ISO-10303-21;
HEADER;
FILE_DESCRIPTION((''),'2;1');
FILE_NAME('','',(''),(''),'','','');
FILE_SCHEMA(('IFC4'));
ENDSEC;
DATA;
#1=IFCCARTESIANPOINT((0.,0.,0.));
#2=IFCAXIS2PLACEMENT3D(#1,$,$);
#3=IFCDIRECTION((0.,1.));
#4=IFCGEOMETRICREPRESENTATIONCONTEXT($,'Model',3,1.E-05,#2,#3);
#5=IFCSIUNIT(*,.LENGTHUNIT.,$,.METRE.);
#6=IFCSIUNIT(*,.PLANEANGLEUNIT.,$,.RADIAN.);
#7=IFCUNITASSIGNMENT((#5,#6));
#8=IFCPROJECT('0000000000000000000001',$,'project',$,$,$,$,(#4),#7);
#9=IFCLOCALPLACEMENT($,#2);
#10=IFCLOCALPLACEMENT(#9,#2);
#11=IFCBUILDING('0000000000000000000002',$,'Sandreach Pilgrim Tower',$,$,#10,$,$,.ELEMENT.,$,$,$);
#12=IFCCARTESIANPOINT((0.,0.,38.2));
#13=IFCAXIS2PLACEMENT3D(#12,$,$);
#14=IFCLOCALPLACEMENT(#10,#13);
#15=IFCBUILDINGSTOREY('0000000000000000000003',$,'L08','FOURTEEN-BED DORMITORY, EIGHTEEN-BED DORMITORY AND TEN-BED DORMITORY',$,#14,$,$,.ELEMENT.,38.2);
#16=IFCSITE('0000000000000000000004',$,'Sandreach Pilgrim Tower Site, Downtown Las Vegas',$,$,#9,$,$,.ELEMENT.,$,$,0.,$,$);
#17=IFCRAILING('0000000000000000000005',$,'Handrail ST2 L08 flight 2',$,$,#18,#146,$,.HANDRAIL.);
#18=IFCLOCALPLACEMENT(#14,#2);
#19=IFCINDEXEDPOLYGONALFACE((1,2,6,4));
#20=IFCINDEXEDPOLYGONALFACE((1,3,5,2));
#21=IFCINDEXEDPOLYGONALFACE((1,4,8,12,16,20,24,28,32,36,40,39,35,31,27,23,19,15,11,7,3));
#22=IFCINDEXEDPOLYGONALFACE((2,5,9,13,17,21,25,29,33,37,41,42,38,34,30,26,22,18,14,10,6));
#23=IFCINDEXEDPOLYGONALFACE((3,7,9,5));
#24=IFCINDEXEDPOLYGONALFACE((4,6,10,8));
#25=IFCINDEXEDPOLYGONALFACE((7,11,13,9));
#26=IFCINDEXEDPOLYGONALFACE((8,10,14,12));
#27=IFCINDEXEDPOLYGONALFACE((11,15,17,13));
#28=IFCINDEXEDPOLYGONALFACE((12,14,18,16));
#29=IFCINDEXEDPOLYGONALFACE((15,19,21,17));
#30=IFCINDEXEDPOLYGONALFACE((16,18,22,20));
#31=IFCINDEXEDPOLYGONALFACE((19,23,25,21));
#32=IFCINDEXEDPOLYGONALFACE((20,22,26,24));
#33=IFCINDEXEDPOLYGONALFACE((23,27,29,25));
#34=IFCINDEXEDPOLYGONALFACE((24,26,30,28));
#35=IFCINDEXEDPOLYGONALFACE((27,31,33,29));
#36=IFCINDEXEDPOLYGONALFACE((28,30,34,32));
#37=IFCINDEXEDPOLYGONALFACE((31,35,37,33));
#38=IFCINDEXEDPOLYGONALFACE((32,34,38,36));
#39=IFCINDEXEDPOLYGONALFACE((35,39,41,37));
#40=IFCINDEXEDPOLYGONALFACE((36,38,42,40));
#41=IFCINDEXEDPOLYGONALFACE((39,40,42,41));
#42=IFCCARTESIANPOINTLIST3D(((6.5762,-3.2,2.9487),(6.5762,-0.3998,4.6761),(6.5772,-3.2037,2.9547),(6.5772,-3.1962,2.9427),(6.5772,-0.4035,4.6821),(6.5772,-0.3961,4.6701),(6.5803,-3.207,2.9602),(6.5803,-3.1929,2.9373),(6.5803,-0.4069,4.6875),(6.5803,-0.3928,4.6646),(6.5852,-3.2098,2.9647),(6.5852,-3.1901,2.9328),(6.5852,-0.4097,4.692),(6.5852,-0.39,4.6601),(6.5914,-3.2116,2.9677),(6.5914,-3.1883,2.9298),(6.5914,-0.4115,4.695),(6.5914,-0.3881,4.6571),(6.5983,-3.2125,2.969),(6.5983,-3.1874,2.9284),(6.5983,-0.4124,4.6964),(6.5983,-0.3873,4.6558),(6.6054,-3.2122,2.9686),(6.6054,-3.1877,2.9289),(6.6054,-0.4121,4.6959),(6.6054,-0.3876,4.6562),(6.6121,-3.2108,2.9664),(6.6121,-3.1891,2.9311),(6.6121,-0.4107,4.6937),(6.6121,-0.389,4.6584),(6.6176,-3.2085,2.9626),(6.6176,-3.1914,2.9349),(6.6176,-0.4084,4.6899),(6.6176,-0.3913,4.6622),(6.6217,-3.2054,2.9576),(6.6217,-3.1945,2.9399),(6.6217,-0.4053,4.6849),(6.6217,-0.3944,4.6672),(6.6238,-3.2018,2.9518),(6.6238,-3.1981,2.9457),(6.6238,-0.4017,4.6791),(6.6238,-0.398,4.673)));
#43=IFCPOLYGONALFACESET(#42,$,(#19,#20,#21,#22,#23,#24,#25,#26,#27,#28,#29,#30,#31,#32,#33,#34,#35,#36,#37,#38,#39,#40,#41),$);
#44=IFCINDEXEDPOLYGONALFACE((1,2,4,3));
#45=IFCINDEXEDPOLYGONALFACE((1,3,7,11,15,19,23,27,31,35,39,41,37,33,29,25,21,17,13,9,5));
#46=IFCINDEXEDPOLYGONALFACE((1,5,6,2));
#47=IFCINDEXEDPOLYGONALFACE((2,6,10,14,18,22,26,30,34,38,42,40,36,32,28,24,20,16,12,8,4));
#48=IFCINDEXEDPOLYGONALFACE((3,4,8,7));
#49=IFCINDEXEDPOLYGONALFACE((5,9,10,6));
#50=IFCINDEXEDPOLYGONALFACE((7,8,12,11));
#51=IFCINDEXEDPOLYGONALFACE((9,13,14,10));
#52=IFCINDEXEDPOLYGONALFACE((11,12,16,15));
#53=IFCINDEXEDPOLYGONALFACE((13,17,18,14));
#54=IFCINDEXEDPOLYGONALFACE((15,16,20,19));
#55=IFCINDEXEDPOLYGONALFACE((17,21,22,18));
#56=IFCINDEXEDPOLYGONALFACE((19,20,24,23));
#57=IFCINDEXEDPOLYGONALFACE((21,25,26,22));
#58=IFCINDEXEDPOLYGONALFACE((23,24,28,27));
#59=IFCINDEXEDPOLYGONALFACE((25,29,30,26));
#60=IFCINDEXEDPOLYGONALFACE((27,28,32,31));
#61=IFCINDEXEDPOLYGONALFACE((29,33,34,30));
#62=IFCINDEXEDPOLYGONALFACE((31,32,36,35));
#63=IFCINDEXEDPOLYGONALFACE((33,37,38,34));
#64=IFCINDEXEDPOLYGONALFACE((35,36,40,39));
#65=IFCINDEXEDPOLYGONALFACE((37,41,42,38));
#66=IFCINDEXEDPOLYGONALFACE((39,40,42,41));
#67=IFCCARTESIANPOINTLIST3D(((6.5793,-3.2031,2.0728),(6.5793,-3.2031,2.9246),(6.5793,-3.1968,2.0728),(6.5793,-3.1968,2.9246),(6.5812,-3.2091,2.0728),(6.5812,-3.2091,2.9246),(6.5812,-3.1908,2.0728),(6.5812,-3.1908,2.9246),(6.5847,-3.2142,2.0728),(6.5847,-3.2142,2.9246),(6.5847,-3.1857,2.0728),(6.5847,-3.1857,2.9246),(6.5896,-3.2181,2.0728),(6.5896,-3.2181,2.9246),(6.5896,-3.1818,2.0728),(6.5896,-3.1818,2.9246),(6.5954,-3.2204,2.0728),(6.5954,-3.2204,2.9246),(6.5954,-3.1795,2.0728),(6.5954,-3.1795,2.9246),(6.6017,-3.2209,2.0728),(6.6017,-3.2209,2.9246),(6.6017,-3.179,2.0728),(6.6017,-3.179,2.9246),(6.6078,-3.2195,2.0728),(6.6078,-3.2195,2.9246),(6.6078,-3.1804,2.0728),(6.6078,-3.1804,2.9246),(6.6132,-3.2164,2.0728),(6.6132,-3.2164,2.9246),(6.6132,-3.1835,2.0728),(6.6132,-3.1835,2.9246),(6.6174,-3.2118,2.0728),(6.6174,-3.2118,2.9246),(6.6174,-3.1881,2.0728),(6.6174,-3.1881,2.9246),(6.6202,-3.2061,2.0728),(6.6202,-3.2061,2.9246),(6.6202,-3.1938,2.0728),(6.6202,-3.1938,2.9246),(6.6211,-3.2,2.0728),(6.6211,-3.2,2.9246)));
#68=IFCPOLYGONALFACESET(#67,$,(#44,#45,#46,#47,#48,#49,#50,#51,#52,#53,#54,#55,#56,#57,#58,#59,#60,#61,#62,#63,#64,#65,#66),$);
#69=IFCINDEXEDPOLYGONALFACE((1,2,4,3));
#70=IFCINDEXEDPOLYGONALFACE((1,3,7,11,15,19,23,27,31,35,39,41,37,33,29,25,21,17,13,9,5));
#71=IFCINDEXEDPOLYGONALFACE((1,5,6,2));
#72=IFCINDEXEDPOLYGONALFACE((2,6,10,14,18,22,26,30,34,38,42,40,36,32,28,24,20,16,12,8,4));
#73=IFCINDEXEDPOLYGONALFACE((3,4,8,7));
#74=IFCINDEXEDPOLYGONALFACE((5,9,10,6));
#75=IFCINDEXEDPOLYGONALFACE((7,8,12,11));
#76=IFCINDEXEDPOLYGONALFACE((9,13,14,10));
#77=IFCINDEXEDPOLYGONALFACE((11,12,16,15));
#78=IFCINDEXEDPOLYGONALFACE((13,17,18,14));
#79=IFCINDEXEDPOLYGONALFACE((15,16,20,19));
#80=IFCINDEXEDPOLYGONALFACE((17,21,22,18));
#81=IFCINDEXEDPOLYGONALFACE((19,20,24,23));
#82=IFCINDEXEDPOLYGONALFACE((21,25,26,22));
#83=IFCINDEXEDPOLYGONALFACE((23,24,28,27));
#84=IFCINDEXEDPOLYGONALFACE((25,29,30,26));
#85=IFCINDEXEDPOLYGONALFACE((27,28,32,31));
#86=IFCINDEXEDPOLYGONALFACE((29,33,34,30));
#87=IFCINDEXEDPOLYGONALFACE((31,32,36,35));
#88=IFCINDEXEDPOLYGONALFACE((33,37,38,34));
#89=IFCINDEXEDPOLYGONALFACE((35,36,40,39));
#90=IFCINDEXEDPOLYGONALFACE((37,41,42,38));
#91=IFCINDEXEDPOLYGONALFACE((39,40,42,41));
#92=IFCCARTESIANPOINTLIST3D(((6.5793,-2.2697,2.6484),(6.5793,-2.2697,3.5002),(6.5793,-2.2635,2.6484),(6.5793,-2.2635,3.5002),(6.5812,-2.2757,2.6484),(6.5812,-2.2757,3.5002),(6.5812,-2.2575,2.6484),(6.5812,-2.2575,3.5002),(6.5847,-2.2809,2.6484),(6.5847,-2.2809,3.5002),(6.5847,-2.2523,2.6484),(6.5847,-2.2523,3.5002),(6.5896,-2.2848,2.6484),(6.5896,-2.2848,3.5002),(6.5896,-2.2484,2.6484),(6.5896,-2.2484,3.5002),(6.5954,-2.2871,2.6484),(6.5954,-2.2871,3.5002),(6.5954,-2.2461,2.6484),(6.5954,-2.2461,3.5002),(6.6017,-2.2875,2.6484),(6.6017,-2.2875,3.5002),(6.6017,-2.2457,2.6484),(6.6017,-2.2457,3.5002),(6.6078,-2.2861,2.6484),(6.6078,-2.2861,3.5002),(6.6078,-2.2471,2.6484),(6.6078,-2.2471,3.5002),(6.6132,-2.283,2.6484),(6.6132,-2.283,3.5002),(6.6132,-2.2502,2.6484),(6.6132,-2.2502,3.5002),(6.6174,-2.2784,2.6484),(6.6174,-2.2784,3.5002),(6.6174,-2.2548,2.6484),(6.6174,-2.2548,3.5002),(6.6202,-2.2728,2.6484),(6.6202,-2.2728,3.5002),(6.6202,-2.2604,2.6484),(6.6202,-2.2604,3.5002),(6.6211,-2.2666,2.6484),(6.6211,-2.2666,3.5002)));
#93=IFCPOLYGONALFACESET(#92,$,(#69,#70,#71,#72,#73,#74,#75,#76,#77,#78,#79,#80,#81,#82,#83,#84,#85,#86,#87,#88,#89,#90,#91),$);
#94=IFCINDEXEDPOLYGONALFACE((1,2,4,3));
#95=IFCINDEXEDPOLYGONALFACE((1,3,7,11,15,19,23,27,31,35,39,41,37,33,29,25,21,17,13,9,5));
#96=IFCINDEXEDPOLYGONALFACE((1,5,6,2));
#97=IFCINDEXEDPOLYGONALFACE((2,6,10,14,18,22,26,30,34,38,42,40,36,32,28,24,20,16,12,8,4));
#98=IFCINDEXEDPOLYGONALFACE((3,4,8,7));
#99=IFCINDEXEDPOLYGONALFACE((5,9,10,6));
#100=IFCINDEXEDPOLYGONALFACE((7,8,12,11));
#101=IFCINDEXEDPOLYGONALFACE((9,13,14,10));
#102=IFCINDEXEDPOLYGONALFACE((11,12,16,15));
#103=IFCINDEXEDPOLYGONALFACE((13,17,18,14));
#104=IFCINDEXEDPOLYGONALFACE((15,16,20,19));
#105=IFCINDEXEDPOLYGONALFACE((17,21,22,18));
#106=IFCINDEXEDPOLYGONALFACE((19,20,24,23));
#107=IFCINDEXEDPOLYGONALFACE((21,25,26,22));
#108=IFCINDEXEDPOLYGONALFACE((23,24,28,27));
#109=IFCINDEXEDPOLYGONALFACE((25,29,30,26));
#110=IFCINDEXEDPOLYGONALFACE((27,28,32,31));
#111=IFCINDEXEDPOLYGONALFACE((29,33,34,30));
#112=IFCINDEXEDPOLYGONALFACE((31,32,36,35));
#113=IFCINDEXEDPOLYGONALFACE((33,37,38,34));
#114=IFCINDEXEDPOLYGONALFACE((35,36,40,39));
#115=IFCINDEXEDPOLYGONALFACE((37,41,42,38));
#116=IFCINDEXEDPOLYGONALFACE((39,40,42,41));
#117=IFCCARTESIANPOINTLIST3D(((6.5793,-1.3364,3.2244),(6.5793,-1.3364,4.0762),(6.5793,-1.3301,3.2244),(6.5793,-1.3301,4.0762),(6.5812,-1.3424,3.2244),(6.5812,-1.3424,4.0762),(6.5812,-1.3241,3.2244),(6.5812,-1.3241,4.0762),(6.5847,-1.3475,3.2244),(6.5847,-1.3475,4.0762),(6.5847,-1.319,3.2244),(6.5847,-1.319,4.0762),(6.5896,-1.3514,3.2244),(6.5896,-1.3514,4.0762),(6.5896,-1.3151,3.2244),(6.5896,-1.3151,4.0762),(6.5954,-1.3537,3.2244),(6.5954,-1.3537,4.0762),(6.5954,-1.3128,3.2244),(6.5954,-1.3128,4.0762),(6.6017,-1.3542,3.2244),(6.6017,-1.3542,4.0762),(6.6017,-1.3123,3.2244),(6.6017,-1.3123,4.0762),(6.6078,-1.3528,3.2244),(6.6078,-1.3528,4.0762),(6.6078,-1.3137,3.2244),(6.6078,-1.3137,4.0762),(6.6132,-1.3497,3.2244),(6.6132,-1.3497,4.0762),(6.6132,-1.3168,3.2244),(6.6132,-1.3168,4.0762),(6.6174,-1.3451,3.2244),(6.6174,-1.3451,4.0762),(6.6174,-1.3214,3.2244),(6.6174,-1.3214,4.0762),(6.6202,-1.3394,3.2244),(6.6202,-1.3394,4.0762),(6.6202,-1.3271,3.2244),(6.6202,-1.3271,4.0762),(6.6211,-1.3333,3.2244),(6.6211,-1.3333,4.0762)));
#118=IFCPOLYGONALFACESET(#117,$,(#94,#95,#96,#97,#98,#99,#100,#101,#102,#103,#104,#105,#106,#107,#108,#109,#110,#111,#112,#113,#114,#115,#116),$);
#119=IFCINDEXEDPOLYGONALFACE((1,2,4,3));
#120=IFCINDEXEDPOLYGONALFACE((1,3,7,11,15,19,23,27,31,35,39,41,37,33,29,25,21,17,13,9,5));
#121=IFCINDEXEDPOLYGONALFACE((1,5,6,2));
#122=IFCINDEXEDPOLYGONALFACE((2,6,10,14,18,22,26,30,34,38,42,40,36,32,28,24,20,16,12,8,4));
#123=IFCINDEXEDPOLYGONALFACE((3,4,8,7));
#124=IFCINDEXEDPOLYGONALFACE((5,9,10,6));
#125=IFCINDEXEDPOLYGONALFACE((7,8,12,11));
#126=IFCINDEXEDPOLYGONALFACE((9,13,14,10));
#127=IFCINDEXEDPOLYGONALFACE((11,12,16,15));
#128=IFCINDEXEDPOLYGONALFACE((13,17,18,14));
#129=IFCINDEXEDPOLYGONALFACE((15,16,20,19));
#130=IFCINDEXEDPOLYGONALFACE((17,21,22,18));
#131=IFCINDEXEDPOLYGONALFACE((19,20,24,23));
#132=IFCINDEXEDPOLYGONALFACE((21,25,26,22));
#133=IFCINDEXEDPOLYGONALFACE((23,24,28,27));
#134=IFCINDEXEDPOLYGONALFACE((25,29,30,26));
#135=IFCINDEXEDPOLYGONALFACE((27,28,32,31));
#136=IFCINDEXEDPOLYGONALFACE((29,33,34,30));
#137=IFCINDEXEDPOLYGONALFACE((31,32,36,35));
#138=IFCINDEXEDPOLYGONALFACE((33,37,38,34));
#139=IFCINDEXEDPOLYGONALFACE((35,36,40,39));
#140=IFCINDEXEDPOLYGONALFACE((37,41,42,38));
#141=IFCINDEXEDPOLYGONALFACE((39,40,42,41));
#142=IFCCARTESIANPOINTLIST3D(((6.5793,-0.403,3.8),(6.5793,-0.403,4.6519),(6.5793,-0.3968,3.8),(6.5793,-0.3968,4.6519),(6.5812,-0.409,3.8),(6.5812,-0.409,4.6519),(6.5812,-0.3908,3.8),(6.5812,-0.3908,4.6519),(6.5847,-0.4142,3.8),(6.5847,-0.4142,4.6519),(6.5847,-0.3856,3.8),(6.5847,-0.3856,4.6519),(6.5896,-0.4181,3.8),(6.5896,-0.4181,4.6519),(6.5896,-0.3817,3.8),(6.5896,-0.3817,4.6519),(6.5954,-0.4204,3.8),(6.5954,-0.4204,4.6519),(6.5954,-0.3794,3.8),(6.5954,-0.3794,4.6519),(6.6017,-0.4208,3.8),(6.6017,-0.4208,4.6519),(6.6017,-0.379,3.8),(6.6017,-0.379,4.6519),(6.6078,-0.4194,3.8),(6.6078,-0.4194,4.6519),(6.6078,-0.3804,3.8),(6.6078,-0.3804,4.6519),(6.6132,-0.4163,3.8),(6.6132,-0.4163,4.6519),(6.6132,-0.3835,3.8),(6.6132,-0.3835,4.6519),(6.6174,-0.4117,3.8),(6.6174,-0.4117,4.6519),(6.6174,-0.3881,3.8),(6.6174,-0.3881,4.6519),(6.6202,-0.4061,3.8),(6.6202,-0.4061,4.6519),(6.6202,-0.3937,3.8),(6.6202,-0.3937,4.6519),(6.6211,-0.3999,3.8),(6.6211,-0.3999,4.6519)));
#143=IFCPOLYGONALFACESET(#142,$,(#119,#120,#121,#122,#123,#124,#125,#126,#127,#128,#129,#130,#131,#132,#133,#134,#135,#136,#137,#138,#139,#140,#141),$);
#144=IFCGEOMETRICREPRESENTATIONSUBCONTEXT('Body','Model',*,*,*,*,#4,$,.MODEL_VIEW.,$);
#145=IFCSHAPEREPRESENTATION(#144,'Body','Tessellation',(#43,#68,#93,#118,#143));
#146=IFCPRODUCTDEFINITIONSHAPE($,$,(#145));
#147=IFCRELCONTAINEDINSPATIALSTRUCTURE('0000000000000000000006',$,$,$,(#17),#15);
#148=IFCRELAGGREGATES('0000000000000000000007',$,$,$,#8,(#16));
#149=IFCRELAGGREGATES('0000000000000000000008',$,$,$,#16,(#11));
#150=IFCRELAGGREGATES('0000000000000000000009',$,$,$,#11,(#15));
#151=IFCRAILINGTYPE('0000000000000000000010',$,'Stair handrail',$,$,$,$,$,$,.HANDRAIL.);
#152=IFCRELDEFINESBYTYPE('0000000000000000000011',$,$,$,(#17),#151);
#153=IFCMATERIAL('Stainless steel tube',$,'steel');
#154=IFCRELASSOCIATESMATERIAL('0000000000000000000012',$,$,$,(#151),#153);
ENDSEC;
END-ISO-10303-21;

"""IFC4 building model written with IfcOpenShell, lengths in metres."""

from ifc_helpers import new_model, si_unit, direction, frame, origin, origin_2d, place, context, subcontext, project, spatial, circle, extrude, material, type_object, element, save


model = new_model("IFC4")

# Units and contexts
model_context = context("Model", 3, precision=1e-05, world=origin(), true_north=direction((0.0, 1.0)))
body_context = subcontext(model_context, "Body", "Model", "MODEL_VIEW")
ifc_project = project(units=[si_unit("LENGTHUNIT", "METRE"), si_unit("PLANEANGLEUNIT", "RADIAN")], contexts=[model_context])

# Site, building, storey
site_placement = place(None, origin())
site = spatial("IfcSite", under=ifc_project, at=site_placement, Name="Sandreach Pilgrim Tower Site, Downtown Las Vegas", CompositionType="ELEMENT", RefElevation=0.0)
building_placement = place(site_placement, origin())
building = spatial("IfcBuilding", under=site, at=building_placement, Name="Sandreach Pilgrim Tower", CompositionType="ELEMENT")
storey_placement = place(building_placement, frame((0.0, 0.0, 38.2)))
storey = spatial("IfcBuildingStorey", under=building, at=storey_placement, Name="L08", Description="FOURTEEN-BED DORMITORY, EIGHTEEN-BED DORMITORY AND TEN-BED DORMITORY", CompositionType="ELEMENT", Elevation=38.2)

# Railing
ifc_material_1 = material(Name="Stainless steel tube", Category="steel")
railing_type = type_object("IfcRailingType", Name="Stair handrail", PredefinedType="HANDRAIL", material=ifc_material_1)
for number, where, name in (
    (1, (6.6001, -3.2, 2.0728), "Handrail ST2 L08 flight 2"),
):
    element("IfcRailing", number, at=place(storey_placement, frame(where)), inside=storey, type_object=railing_type, Name=name, PredefinedType="HANDRAIL", context=body_context, shape_type="SweptSolid", body=[
        extrude(circle(Radius=0.0239, at=origin_2d()), frame((0.0, 0.0, 0.876), z_axis=(0.0, 0.85109, 0.52502), x_axis=(-1.0, 0.0, 0.0)), (0.0, 0.0, 1.0), 3.29),
        extrude(circle(Radius=0.021, at=origin_2d()), origin(), (0.0, 0.0, 1.0), 0.8518),
        extrude(circle(Radius=0.021, at=origin_2d()), frame((0.0, 0.9333, 0.5757)), (0.0, 0.0, 1.0), 0.8518),
        extrude(circle(Radius=0.021, at=origin_2d()), frame((0.0, 1.8667, 1.1516)), (0.0, 0.0, 1.0), 0.8518),
        extrude(circle(Radius=0.021, at=origin_2d()), frame((0.0, 2.8, 1.7273)), (0.0, 0.0, 1.0), 0.8518),
    ])

save(model, "model.ifc")
